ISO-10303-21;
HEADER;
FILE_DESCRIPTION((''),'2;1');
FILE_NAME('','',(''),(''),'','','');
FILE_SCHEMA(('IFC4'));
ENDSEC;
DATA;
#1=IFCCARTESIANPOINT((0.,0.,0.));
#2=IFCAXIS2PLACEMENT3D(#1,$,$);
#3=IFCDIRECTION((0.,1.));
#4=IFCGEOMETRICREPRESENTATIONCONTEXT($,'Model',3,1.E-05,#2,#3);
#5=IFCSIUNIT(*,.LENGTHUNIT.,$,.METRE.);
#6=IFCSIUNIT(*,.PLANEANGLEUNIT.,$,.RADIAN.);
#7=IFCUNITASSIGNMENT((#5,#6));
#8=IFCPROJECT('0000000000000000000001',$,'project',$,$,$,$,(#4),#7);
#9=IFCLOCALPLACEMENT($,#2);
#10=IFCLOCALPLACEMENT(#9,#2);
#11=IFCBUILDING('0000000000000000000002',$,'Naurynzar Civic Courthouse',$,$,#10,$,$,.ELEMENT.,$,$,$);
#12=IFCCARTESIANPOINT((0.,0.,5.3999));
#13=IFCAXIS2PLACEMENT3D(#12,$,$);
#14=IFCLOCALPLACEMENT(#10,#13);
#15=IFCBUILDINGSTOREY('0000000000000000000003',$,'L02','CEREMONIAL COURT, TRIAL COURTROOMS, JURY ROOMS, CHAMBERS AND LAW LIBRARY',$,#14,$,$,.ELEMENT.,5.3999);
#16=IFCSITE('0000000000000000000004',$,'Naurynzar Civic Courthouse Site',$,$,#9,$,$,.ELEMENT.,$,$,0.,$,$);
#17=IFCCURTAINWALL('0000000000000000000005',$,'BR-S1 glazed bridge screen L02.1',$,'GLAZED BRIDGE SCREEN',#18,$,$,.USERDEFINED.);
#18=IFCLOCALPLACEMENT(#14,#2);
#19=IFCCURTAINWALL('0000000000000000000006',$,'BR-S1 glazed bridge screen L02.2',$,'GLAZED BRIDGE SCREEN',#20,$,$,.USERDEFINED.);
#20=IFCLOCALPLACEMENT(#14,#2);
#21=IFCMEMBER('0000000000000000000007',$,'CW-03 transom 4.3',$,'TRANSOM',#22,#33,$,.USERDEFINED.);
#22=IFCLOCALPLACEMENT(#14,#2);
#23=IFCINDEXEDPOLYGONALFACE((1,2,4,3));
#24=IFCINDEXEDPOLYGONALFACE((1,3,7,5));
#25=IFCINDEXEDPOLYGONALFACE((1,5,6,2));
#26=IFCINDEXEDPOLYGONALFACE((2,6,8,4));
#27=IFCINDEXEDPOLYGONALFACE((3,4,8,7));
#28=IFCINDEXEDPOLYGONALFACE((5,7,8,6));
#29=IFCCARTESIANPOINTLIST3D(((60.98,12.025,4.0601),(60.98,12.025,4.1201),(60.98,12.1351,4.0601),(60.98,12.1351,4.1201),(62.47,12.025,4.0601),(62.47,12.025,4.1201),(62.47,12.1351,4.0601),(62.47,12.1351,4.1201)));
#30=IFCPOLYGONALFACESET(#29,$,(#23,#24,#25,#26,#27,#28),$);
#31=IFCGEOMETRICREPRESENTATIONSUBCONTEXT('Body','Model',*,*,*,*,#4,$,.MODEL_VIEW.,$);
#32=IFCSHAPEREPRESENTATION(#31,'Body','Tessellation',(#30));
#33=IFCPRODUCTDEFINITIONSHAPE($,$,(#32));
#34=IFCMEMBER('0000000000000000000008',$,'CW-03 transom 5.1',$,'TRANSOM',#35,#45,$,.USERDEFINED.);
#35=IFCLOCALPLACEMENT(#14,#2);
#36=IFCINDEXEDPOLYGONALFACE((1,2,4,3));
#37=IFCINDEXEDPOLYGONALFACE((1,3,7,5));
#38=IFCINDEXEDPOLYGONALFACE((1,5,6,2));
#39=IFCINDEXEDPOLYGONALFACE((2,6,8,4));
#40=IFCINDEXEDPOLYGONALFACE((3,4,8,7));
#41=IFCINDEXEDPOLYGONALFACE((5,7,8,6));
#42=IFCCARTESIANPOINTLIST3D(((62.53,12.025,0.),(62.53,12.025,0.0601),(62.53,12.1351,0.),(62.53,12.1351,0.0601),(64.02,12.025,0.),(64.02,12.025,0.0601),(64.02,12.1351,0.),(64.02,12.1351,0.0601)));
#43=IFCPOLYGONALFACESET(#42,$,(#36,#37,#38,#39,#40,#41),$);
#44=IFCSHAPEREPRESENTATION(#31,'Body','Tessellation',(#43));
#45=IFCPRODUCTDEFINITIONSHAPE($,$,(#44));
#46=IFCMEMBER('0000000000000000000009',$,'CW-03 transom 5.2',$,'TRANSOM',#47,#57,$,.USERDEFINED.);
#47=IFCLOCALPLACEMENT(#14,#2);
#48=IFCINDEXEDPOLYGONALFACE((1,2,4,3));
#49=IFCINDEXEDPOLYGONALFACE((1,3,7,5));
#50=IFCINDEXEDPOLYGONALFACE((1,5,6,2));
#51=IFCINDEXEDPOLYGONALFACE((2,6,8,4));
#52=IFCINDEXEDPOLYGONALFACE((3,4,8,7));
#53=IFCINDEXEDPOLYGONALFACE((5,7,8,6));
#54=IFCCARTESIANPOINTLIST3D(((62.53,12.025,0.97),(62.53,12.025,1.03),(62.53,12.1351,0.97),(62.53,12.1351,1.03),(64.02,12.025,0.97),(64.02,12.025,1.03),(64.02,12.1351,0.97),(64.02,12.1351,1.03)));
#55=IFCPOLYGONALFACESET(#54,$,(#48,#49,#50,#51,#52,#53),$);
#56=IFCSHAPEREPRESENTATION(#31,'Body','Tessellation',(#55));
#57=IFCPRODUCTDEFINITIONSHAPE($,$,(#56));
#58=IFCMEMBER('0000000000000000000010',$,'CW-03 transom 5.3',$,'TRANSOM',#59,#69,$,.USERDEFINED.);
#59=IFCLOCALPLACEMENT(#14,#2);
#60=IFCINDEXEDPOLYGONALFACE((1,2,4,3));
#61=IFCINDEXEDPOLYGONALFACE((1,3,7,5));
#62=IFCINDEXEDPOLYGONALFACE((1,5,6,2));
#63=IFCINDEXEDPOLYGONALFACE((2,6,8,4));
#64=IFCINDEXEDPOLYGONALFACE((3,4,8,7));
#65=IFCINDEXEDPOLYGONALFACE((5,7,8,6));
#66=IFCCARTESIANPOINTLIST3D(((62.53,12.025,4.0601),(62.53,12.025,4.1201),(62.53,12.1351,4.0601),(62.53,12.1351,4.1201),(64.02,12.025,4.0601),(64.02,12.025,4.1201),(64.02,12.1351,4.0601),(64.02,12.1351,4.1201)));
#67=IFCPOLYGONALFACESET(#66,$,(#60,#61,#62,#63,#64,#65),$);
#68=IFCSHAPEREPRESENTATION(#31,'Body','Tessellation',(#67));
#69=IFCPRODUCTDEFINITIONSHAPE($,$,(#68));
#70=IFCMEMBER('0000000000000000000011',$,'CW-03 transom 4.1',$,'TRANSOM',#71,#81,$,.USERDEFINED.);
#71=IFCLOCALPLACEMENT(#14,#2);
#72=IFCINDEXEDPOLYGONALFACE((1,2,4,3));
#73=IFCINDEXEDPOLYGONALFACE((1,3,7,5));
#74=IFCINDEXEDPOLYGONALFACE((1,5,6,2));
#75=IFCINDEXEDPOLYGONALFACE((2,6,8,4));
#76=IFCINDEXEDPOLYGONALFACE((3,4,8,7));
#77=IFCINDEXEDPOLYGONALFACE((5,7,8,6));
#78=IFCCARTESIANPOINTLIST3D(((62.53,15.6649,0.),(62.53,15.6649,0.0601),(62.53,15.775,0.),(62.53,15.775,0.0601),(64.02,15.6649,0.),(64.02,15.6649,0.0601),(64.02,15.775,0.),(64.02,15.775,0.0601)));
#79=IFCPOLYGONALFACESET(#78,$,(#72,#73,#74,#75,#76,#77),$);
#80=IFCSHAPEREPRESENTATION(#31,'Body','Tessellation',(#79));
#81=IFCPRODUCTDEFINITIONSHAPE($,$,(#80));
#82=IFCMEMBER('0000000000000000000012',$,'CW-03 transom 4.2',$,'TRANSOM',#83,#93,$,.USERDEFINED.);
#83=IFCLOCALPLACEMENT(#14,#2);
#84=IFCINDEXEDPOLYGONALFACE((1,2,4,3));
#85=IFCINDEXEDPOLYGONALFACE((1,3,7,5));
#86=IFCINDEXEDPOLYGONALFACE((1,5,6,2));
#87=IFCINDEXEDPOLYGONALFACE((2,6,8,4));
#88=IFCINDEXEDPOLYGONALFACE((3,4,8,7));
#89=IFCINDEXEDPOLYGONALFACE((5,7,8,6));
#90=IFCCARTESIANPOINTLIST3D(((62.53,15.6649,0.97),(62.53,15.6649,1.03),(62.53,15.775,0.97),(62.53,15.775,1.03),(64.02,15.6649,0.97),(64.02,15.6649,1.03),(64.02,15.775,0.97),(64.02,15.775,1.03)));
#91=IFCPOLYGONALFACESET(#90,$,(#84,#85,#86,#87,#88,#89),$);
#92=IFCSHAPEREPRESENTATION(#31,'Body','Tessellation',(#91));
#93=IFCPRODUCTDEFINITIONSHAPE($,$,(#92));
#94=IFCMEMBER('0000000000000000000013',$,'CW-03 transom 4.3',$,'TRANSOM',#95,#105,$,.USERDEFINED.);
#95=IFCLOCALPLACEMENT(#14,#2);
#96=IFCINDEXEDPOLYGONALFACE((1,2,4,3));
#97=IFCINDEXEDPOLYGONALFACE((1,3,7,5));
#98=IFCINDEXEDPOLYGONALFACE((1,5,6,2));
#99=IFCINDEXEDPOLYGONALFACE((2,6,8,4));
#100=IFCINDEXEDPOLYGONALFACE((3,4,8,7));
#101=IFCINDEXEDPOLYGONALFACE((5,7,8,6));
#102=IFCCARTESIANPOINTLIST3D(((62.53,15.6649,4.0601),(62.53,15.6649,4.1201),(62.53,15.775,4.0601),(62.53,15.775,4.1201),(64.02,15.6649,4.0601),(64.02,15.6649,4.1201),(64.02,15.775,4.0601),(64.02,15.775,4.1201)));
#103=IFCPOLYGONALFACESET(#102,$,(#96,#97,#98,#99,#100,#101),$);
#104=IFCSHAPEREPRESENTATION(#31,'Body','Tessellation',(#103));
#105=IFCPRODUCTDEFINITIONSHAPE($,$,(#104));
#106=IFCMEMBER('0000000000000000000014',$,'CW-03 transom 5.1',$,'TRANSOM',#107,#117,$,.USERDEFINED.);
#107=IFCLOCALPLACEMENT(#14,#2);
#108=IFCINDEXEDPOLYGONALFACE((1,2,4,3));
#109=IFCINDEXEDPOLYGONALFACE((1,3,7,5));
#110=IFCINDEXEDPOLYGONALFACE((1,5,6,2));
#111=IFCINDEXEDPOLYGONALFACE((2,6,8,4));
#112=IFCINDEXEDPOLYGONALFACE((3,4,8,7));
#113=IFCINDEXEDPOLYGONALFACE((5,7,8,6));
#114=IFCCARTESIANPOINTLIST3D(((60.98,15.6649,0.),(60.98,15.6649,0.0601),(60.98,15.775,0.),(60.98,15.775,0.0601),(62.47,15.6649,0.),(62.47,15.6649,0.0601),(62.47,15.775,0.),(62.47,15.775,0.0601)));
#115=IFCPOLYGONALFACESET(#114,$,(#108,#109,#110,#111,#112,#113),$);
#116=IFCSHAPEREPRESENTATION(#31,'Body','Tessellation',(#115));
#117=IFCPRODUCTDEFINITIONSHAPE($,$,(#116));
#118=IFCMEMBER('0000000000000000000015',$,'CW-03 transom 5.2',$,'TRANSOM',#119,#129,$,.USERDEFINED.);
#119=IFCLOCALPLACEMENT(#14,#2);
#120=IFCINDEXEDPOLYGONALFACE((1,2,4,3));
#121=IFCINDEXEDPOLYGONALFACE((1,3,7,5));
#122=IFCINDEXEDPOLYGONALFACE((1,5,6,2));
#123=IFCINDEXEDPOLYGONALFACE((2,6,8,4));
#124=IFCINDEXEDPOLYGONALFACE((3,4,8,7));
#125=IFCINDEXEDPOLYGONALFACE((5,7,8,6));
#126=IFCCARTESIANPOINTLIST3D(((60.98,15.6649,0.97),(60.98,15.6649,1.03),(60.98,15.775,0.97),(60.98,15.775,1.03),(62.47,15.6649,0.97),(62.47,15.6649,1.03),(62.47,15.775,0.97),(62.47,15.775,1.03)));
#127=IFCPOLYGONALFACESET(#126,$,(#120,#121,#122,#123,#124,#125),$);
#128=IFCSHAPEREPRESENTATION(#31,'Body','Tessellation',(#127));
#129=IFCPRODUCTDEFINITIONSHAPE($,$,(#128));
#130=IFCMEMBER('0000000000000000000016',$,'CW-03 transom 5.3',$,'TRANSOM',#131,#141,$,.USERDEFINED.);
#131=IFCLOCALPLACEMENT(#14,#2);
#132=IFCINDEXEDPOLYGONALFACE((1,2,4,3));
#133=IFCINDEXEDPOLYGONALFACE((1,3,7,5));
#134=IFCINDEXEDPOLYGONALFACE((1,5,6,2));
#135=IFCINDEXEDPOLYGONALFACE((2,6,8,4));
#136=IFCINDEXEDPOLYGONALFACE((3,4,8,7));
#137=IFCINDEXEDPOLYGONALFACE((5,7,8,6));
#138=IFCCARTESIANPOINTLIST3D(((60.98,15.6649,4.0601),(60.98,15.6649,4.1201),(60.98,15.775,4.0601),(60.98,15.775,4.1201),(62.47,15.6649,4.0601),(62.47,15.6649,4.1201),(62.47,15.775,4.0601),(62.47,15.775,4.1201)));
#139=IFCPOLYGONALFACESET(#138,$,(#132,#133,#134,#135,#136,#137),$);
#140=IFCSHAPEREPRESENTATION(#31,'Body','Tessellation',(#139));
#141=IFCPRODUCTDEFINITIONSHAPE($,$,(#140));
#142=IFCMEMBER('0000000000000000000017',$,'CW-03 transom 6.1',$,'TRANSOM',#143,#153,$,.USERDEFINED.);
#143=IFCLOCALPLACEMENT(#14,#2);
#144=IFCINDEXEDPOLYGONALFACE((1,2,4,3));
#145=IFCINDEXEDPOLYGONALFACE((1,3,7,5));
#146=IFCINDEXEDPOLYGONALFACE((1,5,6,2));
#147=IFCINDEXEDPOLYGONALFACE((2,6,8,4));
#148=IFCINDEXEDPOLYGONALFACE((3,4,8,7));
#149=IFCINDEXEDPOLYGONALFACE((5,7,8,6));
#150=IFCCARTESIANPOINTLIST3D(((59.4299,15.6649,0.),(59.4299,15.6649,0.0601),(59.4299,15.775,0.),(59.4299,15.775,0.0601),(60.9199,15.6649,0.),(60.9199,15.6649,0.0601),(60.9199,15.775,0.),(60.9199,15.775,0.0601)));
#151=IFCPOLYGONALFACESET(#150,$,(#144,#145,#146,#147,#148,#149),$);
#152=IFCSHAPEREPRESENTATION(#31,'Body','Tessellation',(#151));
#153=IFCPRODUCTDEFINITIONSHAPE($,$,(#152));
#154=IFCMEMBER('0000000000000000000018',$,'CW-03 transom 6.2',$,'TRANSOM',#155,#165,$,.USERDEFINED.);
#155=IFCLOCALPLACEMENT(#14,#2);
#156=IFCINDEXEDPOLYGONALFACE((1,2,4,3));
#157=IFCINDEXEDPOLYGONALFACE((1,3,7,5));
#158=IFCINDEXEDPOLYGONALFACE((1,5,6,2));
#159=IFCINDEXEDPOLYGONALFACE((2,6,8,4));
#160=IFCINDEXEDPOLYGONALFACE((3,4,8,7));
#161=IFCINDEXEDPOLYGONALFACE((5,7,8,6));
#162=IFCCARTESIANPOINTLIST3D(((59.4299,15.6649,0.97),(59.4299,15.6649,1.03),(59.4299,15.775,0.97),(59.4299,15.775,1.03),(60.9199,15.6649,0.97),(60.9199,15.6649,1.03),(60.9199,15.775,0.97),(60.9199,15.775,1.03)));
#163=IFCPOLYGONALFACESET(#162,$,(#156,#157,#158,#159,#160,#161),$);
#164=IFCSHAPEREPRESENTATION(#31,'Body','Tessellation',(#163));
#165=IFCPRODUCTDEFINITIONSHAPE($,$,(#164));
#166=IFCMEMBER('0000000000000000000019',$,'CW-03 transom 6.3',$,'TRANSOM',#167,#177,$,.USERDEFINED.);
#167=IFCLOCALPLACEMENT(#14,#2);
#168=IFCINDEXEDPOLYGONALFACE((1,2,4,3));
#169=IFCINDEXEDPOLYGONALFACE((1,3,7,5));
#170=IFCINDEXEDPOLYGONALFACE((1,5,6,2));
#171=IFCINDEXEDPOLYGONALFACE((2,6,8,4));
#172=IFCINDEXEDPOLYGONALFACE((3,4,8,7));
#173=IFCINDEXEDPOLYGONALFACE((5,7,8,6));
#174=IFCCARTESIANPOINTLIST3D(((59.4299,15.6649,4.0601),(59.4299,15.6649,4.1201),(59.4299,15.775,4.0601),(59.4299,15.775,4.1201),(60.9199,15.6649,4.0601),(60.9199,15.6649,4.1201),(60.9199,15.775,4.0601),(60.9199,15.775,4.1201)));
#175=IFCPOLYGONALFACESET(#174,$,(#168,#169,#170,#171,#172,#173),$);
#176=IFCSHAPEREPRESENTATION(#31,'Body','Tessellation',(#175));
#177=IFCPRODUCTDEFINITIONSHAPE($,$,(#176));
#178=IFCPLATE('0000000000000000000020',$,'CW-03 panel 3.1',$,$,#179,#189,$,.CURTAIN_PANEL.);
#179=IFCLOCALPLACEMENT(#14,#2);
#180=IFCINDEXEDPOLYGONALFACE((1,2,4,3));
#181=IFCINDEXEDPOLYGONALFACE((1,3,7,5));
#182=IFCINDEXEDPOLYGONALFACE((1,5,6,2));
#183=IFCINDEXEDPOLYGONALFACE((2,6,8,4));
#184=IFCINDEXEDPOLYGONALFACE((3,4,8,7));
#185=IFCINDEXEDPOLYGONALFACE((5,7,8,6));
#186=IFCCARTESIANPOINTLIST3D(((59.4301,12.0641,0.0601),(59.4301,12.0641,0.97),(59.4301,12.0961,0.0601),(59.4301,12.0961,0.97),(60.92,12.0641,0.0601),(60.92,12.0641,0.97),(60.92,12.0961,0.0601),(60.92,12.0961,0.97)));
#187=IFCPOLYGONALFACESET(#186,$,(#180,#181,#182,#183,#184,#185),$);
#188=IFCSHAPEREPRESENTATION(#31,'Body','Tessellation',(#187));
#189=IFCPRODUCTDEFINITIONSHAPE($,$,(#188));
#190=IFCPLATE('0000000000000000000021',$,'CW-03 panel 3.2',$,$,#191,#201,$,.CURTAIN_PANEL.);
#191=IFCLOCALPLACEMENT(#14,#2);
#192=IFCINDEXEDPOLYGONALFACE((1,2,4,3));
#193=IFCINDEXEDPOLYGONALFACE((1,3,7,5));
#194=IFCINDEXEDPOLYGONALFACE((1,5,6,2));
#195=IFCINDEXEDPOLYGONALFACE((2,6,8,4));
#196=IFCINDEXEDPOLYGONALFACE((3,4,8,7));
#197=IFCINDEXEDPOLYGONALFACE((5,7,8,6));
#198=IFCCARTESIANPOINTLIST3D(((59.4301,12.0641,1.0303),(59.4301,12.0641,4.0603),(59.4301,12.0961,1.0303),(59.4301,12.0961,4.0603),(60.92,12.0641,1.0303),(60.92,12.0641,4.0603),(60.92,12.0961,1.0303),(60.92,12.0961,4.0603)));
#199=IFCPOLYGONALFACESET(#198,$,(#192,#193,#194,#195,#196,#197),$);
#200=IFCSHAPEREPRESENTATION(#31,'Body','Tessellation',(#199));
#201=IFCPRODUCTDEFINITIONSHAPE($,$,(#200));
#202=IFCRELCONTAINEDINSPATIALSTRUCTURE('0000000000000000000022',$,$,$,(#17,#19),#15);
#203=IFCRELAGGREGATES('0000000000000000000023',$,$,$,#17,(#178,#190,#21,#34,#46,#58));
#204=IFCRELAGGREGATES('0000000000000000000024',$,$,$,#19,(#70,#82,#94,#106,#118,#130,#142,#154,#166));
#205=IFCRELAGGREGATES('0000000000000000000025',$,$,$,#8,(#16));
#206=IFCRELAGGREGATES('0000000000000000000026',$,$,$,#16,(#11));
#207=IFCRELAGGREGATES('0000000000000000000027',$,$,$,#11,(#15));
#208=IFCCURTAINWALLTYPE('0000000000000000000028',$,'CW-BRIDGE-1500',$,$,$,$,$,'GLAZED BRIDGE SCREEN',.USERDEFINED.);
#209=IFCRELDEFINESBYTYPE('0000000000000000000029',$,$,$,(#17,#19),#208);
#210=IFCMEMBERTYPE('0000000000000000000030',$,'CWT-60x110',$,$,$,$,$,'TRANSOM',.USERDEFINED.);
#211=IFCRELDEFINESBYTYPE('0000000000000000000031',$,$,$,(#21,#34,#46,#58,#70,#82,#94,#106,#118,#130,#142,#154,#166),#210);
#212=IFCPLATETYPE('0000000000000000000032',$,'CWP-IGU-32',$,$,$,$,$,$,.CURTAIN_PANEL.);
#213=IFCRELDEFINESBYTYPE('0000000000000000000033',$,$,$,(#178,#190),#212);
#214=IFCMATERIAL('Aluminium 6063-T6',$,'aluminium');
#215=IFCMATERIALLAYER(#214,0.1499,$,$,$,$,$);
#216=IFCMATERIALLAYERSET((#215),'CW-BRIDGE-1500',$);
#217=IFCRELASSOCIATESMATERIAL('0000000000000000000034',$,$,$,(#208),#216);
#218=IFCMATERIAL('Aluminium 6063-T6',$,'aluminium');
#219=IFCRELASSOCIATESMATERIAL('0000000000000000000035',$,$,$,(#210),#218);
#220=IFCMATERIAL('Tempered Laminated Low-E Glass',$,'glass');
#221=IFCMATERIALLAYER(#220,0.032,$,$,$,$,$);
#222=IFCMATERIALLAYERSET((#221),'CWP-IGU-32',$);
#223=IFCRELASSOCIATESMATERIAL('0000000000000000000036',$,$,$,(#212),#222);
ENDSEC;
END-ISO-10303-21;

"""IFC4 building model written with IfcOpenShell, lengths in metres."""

from ifc_helpers import new_model, si_unit, direction, frame, origin, origin_2d, place, context, subcontext, project, spatial, rectangle, extrude, material, layer, layer_set, material_profile, profile_set, type_object, element, aggregate, save


model = new_model("IFC4")

# Units and contexts
model_context = context("Model", 3, precision=1e-05, world=origin(), true_north=direction((0.0, 1.0)))
body_context = subcontext(model_context, "Body", "Model", "MODEL_VIEW")
ifc_project = project(units=[si_unit("LENGTHUNIT", "METRE"), si_unit("PLANEANGLEUNIT", "RADIAN")], contexts=[model_context])

# Site, building, storey
site_placement = place(None, origin())
site = spatial("IfcSite", under=ifc_project, at=site_placement, Name="Naurynzar Civic Courthouse Site", CompositionType="ELEMENT", RefElevation=0.0)
building_placement = place(site_placement, origin())
building = spatial("IfcBuilding", under=site, at=building_placement, Name="Naurynzar Civic Courthouse", CompositionType="ELEMENT")
storey_placement = place(building_placement, frame((0.0, 0.0, 5.3999)))
storey = spatial("IfcBuildingStorey", under=building, at=storey_placement, Name="L02", Description="CEREMONIAL COURT, TRIAL COURTROOMS, JURY ROOMS, CHAMBERS AND LAW LIBRARY", CompositionType="ELEMENT", Elevation=5.3999)

# Curtain walls
ifc_material_1 = material(Name="Aluminium 6063-T6", Category="aluminium")
ifc_layer_1 = layer(ifc_material_1, 0.1499)
ifc_layer_set_1 = layer_set([ifc_layer_1], Name="CW-BRIDGE-1500")
curtain_wall_type = type_object("IfcCurtainWallType", Name="CW-BRIDGE-1500", ElementType="GLAZED BRIDGE SCREEN", PredefinedType="USERDEFINED", material=ifc_layer_set_1)
curtain_wall_1_placement = place(storey_placement, origin())
curtain_wall_1 = element("IfcCurtainWall", 1, at=curtain_wall_1_placement, inside=storey, type_object=curtain_wall_type, Name="BR-S1 glazed bridge screen L02.1", ObjectType="GLAZED BRIDGE SCREEN", PredefinedType="USERDEFINED")
curtain_wall_2_placement = place(storey_placement, origin())
curtain_wall_2 = element("IfcCurtainWall", 2, at=curtain_wall_2_placement, inside=storey, type_object=curtain_wall_type, Name="BR-S1 glazed bridge screen L02.2", ObjectType="GLAZED BRIDGE SCREEN", PredefinedType="USERDEFINED")

# Members
ifc_material_2 = material(Name="Aluminium 6063-T6", Category="aluminium")
ifc_material_profile_1 = material_profile(ifc_material_2, rectangle(XDim=0.1101, YDim=0.0601, at=origin_2d()), Name="ALU TRANSOM 60x110")
ifc_profile_set_1 = profile_set([ifc_material_profile_1], Name="Aluminium 6063-T6")
member_type_1 = type_object("IfcMemberType", Name="CWT-60x110", ElementType="TRANSOM", PredefinedType="USERDEFINED", material=ifc_profile_set_1)
member_1_placement = place(storey_placement, frame((60.98, 12.0801, 4.0901), z_axis=(1.0, 0.0, 0.0), x_axis=(0.0, 1.0, 0.0)))
member_1 = element("IfcMember", 3, at=member_1_placement, type_object=member_type_1, Name="CW-03 transom 4.3", ObjectType="TRANSOM", PredefinedType="USERDEFINED", context=body_context, shape_type="SweptSolid", body=[
    extrude(rectangle(XDim=0.1101, YDim=0.0601, at=origin_2d()), origin(), (0.0, 0.0, 1.0), 1.49),
])
member_2_placement = place(storey_placement, frame((62.53, 12.0801, 0.03), z_axis=(1.0, 0.0, 0.0), x_axis=(0.0, 1.0, 0.0)))
member_2 = element("IfcMember", 4, at=member_2_placement, type_object=member_type_1, Name="CW-03 transom 5.1", ObjectType="TRANSOM", PredefinedType="USERDEFINED", context=body_context, shape_type="SweptSolid", body=[
    extrude(rectangle(XDim=0.1101, YDim=0.0601, at=origin_2d()), origin(), (0.0, 0.0, 1.0), 1.49),
])
member_3_placement = place(storey_placement, frame((62.53, 12.0801, 1.0), z_axis=(1.0, 0.0, 0.0), x_axis=(0.0, 1.0, 0.0)))
member_3 = element("IfcMember", 5, at=member_3_placement, type_object=member_type_1, Name="CW-03 transom 5.2", ObjectType="TRANSOM", PredefinedType="USERDEFINED", context=body_context, shape_type="SweptSolid", body=[
    extrude(rectangle(XDim=0.1101, YDim=0.0601, at=origin_2d()), origin(), (0.0, 0.0, 1.0), 1.49),
])
member_4_placement = place(storey_placement, frame((62.53, 12.0801, 4.0901), z_axis=(1.0, 0.0, 0.0), x_axis=(0.0, 1.0, 0.0)))
member_4 = element("IfcMember", 6, at=member_4_placement, type_object=member_type_1, Name="CW-03 transom 5.3", ObjectType="TRANSOM", PredefinedType="USERDEFINED", context=body_context, shape_type="SweptSolid", body=[
    extrude(rectangle(XDim=0.1101, YDim=0.0601, at=origin_2d()), origin(), (0.0, 0.0, 1.0), 1.49),
])
member_5_placement = place(storey_placement, frame((64.02, 15.72, 0.03), z_axis=(-1.0, 0.0, 0.0), x_axis=(0.0, -1.0, 0.0)))
member_5 = element("IfcMember", 7, at=member_5_placement, type_object=member_type_1, Name="CW-03 transom 4.1", ObjectType="TRANSOM", PredefinedType="USERDEFINED", context=body_context, shape_type="SweptSolid", body=[
    extrude(rectangle(XDim=0.1101, YDim=0.0601, at=origin_2d()), origin(), (0.0, 0.0, 1.0), 1.49),
])
member_6_placement = place(storey_placement, frame((64.02, 15.72, 1.0), z_axis=(-1.0, 0.0, 0.0), x_axis=(0.0, -1.0, 0.0)))
member_6 = element("IfcMember", 8, at=member_6_placement, type_object=member_type_1, Name="CW-03 transom 4.2", ObjectType="TRANSOM", PredefinedType="USERDEFINED", context=body_context, shape_type="SweptSolid", body=[
    extrude(rectangle(XDim=0.1101, YDim=0.0601, at=origin_2d()), origin(), (0.0, 0.0, 1.0), 1.49),
])
member_7_placement = place(storey_placement, frame((64.02, 15.72, 4.0901), z_axis=(-1.0, 0.0, 0.0), x_axis=(0.0, -1.0, 0.0)))
member_7 = element("IfcMember", 9, at=member_7_placement, type_object=member_type_1, Name="CW-03 transom 4.3", ObjectType="TRANSOM", PredefinedType="USERDEFINED", context=body_context, shape_type="SweptSolid", body=[
    extrude(rectangle(XDim=0.1101, YDim=0.0601, at=origin_2d()), origin(), (0.0, 0.0, 1.0), 1.49),
])
member_8_placement = place(storey_placement, frame((62.47, 15.72, 0.03), z_axis=(-1.0, 0.0, 0.0), x_axis=(0.0, -1.0, 0.0)))
member_8 = element("IfcMember", 10, at=member_8_placement, type_object=member_type_1, Name="CW-03 transom 5.1", ObjectType="TRANSOM", PredefinedType="USERDEFINED", context=body_context, shape_type="SweptSolid", body=[
    extrude(rectangle(XDim=0.1101, YDim=0.0601, at=origin_2d()), origin(), (0.0, 0.0, 1.0), 1.49),
])
member_9_placement = place(storey_placement, frame((62.47, 15.72, 1.0), z_axis=(-1.0, 0.0, 0.0), x_axis=(0.0, -1.0, 0.0)))
member_9 = element("IfcMember", 11, at=member_9_placement, type_object=member_type_1, Name="CW-03 transom 5.2", ObjectType="TRANSOM", PredefinedType="USERDEFINED", context=body_context, shape_type="SweptSolid", body=[
    extrude(rectangle(XDim=0.1101, YDim=0.0601, at=origin_2d()), origin(), (0.0, 0.0, 1.0), 1.49),
])
member_10_placement = place(storey_placement, frame((62.47, 15.72, 4.0901), z_axis=(-1.0, 0.0, 0.0), x_axis=(0.0, -1.0, 0.0)))
member_10 = element("IfcMember", 12, at=member_10_placement, type_object=member_type_1, Name="CW-03 transom 5.3", ObjectType="TRANSOM", PredefinedType="USERDEFINED", context=body_context, shape_type="SweptSolid", body=[
    extrude(rectangle(XDim=0.1101, YDim=0.0601, at=origin_2d()), origin(), (0.0, 0.0, 1.0), 1.49),
])
member_11_placement = place(storey_placement, frame((60.9199, 15.72, 0.03), z_axis=(-1.0, 0.0, 0.0), x_axis=(0.0, -1.0, 0.0)))
member_11 = element("IfcMember", 13, at=member_11_placement, type_object=member_type_1, Name="CW-03 transom 6.1", ObjectType="TRANSOM", PredefinedType="USERDEFINED", context=body_context, shape_type="SweptSolid", body=[
    extrude(rectangle(XDim=0.1101, YDim=0.0601, at=origin_2d()), origin(), (0.0, 0.0, 1.0), 1.49),
])
member_12_placement = place(storey_placement, frame((60.9199, 15.72, 1.0), z_axis=(-1.0, 0.0, 0.0), x_axis=(0.0, -1.0, 0.0)))
member_12 = element("IfcMember", 14, at=member_12_placement, type_object=member_type_1, Name="CW-03 transom 6.2", ObjectType="TRANSOM", PredefinedType="USERDEFINED", context=body_context, shape_type="SweptSolid", body=[
    extrude(rectangle(XDim=0.1101, YDim=0.0601, at=origin_2d()), origin(), (0.0, 0.0, 1.0), 1.49),
])
member_13_placement = place(storey_placement, frame((60.9199, 15.72, 4.0901), z_axis=(-1.0, 0.0, 0.0), x_axis=(0.0, -1.0, 0.0)))
member_13 = element("IfcMember", 15, at=member_13_placement, type_object=member_type_1, Name="CW-03 transom 6.3", ObjectType="TRANSOM", PredefinedType="USERDEFINED", context=body_context, shape_type="SweptSolid", body=[
    extrude(rectangle(XDim=0.1101, YDim=0.0601, at=origin_2d()), origin(), (0.0, 0.0, 1.0), 1.49),
])

# Plates
ifc_material_3 = material(Name="Tempered Laminated Low-E Glass", Category="glass")
ifc_layer_2 = layer(ifc_material_3, 0.032)
ifc_layer_set_2 = layer_set([ifc_layer_2], Name="CWP-IGU-32")
plate_type = type_object("IfcPlateType", Name="CWP-IGU-32", PredefinedType="CURTAIN_PANEL", material=ifc_layer_set_2)
plate_1_placement = place(storey_placement, frame((60.175, 12.0801, 0.0601), z_axis=(0.0, 0.0, 1.0), x_axis=(1.0, 0.0, 0.0)))
plate_1 = element("IfcPlate", 16, at=plate_1_placement, type_object=plate_type, Name="CW-03 panel 3.1", PredefinedType="CURTAIN_PANEL", context=body_context, shape_type="SweptSolid", body=[
    extrude(rectangle(XDim=1.49, YDim=0.032, at=origin_2d()), origin(), (0.0, 0.0, 1.0), 0.9099),
])
plate_2_placement = place(storey_placement, frame((60.175, 12.0801, 1.0303), z_axis=(0.0, 0.0, 1.0), x_axis=(1.0, 0.0, 0.0)))
plate_2 = element("IfcPlate", 17, at=plate_2_placement, type_object=plate_type, Name="CW-03 panel 3.2", PredefinedType="CURTAIN_PANEL", context=body_context, shape_type="SweptSolid", body=[
    extrude(rectangle(XDim=1.49, YDim=0.032, at=origin_2d()), origin(), (0.0, 0.0, 1.0), 3.03),
])
aggregate(curtain_wall_1, [plate_1, plate_2, member_1, member_2, member_3, member_4])
aggregate(curtain_wall_2, [member_5, member_6, member_7, member_8, member_9, member_10, member_11, member_12, member_13])

save(model, "model.ifc")
